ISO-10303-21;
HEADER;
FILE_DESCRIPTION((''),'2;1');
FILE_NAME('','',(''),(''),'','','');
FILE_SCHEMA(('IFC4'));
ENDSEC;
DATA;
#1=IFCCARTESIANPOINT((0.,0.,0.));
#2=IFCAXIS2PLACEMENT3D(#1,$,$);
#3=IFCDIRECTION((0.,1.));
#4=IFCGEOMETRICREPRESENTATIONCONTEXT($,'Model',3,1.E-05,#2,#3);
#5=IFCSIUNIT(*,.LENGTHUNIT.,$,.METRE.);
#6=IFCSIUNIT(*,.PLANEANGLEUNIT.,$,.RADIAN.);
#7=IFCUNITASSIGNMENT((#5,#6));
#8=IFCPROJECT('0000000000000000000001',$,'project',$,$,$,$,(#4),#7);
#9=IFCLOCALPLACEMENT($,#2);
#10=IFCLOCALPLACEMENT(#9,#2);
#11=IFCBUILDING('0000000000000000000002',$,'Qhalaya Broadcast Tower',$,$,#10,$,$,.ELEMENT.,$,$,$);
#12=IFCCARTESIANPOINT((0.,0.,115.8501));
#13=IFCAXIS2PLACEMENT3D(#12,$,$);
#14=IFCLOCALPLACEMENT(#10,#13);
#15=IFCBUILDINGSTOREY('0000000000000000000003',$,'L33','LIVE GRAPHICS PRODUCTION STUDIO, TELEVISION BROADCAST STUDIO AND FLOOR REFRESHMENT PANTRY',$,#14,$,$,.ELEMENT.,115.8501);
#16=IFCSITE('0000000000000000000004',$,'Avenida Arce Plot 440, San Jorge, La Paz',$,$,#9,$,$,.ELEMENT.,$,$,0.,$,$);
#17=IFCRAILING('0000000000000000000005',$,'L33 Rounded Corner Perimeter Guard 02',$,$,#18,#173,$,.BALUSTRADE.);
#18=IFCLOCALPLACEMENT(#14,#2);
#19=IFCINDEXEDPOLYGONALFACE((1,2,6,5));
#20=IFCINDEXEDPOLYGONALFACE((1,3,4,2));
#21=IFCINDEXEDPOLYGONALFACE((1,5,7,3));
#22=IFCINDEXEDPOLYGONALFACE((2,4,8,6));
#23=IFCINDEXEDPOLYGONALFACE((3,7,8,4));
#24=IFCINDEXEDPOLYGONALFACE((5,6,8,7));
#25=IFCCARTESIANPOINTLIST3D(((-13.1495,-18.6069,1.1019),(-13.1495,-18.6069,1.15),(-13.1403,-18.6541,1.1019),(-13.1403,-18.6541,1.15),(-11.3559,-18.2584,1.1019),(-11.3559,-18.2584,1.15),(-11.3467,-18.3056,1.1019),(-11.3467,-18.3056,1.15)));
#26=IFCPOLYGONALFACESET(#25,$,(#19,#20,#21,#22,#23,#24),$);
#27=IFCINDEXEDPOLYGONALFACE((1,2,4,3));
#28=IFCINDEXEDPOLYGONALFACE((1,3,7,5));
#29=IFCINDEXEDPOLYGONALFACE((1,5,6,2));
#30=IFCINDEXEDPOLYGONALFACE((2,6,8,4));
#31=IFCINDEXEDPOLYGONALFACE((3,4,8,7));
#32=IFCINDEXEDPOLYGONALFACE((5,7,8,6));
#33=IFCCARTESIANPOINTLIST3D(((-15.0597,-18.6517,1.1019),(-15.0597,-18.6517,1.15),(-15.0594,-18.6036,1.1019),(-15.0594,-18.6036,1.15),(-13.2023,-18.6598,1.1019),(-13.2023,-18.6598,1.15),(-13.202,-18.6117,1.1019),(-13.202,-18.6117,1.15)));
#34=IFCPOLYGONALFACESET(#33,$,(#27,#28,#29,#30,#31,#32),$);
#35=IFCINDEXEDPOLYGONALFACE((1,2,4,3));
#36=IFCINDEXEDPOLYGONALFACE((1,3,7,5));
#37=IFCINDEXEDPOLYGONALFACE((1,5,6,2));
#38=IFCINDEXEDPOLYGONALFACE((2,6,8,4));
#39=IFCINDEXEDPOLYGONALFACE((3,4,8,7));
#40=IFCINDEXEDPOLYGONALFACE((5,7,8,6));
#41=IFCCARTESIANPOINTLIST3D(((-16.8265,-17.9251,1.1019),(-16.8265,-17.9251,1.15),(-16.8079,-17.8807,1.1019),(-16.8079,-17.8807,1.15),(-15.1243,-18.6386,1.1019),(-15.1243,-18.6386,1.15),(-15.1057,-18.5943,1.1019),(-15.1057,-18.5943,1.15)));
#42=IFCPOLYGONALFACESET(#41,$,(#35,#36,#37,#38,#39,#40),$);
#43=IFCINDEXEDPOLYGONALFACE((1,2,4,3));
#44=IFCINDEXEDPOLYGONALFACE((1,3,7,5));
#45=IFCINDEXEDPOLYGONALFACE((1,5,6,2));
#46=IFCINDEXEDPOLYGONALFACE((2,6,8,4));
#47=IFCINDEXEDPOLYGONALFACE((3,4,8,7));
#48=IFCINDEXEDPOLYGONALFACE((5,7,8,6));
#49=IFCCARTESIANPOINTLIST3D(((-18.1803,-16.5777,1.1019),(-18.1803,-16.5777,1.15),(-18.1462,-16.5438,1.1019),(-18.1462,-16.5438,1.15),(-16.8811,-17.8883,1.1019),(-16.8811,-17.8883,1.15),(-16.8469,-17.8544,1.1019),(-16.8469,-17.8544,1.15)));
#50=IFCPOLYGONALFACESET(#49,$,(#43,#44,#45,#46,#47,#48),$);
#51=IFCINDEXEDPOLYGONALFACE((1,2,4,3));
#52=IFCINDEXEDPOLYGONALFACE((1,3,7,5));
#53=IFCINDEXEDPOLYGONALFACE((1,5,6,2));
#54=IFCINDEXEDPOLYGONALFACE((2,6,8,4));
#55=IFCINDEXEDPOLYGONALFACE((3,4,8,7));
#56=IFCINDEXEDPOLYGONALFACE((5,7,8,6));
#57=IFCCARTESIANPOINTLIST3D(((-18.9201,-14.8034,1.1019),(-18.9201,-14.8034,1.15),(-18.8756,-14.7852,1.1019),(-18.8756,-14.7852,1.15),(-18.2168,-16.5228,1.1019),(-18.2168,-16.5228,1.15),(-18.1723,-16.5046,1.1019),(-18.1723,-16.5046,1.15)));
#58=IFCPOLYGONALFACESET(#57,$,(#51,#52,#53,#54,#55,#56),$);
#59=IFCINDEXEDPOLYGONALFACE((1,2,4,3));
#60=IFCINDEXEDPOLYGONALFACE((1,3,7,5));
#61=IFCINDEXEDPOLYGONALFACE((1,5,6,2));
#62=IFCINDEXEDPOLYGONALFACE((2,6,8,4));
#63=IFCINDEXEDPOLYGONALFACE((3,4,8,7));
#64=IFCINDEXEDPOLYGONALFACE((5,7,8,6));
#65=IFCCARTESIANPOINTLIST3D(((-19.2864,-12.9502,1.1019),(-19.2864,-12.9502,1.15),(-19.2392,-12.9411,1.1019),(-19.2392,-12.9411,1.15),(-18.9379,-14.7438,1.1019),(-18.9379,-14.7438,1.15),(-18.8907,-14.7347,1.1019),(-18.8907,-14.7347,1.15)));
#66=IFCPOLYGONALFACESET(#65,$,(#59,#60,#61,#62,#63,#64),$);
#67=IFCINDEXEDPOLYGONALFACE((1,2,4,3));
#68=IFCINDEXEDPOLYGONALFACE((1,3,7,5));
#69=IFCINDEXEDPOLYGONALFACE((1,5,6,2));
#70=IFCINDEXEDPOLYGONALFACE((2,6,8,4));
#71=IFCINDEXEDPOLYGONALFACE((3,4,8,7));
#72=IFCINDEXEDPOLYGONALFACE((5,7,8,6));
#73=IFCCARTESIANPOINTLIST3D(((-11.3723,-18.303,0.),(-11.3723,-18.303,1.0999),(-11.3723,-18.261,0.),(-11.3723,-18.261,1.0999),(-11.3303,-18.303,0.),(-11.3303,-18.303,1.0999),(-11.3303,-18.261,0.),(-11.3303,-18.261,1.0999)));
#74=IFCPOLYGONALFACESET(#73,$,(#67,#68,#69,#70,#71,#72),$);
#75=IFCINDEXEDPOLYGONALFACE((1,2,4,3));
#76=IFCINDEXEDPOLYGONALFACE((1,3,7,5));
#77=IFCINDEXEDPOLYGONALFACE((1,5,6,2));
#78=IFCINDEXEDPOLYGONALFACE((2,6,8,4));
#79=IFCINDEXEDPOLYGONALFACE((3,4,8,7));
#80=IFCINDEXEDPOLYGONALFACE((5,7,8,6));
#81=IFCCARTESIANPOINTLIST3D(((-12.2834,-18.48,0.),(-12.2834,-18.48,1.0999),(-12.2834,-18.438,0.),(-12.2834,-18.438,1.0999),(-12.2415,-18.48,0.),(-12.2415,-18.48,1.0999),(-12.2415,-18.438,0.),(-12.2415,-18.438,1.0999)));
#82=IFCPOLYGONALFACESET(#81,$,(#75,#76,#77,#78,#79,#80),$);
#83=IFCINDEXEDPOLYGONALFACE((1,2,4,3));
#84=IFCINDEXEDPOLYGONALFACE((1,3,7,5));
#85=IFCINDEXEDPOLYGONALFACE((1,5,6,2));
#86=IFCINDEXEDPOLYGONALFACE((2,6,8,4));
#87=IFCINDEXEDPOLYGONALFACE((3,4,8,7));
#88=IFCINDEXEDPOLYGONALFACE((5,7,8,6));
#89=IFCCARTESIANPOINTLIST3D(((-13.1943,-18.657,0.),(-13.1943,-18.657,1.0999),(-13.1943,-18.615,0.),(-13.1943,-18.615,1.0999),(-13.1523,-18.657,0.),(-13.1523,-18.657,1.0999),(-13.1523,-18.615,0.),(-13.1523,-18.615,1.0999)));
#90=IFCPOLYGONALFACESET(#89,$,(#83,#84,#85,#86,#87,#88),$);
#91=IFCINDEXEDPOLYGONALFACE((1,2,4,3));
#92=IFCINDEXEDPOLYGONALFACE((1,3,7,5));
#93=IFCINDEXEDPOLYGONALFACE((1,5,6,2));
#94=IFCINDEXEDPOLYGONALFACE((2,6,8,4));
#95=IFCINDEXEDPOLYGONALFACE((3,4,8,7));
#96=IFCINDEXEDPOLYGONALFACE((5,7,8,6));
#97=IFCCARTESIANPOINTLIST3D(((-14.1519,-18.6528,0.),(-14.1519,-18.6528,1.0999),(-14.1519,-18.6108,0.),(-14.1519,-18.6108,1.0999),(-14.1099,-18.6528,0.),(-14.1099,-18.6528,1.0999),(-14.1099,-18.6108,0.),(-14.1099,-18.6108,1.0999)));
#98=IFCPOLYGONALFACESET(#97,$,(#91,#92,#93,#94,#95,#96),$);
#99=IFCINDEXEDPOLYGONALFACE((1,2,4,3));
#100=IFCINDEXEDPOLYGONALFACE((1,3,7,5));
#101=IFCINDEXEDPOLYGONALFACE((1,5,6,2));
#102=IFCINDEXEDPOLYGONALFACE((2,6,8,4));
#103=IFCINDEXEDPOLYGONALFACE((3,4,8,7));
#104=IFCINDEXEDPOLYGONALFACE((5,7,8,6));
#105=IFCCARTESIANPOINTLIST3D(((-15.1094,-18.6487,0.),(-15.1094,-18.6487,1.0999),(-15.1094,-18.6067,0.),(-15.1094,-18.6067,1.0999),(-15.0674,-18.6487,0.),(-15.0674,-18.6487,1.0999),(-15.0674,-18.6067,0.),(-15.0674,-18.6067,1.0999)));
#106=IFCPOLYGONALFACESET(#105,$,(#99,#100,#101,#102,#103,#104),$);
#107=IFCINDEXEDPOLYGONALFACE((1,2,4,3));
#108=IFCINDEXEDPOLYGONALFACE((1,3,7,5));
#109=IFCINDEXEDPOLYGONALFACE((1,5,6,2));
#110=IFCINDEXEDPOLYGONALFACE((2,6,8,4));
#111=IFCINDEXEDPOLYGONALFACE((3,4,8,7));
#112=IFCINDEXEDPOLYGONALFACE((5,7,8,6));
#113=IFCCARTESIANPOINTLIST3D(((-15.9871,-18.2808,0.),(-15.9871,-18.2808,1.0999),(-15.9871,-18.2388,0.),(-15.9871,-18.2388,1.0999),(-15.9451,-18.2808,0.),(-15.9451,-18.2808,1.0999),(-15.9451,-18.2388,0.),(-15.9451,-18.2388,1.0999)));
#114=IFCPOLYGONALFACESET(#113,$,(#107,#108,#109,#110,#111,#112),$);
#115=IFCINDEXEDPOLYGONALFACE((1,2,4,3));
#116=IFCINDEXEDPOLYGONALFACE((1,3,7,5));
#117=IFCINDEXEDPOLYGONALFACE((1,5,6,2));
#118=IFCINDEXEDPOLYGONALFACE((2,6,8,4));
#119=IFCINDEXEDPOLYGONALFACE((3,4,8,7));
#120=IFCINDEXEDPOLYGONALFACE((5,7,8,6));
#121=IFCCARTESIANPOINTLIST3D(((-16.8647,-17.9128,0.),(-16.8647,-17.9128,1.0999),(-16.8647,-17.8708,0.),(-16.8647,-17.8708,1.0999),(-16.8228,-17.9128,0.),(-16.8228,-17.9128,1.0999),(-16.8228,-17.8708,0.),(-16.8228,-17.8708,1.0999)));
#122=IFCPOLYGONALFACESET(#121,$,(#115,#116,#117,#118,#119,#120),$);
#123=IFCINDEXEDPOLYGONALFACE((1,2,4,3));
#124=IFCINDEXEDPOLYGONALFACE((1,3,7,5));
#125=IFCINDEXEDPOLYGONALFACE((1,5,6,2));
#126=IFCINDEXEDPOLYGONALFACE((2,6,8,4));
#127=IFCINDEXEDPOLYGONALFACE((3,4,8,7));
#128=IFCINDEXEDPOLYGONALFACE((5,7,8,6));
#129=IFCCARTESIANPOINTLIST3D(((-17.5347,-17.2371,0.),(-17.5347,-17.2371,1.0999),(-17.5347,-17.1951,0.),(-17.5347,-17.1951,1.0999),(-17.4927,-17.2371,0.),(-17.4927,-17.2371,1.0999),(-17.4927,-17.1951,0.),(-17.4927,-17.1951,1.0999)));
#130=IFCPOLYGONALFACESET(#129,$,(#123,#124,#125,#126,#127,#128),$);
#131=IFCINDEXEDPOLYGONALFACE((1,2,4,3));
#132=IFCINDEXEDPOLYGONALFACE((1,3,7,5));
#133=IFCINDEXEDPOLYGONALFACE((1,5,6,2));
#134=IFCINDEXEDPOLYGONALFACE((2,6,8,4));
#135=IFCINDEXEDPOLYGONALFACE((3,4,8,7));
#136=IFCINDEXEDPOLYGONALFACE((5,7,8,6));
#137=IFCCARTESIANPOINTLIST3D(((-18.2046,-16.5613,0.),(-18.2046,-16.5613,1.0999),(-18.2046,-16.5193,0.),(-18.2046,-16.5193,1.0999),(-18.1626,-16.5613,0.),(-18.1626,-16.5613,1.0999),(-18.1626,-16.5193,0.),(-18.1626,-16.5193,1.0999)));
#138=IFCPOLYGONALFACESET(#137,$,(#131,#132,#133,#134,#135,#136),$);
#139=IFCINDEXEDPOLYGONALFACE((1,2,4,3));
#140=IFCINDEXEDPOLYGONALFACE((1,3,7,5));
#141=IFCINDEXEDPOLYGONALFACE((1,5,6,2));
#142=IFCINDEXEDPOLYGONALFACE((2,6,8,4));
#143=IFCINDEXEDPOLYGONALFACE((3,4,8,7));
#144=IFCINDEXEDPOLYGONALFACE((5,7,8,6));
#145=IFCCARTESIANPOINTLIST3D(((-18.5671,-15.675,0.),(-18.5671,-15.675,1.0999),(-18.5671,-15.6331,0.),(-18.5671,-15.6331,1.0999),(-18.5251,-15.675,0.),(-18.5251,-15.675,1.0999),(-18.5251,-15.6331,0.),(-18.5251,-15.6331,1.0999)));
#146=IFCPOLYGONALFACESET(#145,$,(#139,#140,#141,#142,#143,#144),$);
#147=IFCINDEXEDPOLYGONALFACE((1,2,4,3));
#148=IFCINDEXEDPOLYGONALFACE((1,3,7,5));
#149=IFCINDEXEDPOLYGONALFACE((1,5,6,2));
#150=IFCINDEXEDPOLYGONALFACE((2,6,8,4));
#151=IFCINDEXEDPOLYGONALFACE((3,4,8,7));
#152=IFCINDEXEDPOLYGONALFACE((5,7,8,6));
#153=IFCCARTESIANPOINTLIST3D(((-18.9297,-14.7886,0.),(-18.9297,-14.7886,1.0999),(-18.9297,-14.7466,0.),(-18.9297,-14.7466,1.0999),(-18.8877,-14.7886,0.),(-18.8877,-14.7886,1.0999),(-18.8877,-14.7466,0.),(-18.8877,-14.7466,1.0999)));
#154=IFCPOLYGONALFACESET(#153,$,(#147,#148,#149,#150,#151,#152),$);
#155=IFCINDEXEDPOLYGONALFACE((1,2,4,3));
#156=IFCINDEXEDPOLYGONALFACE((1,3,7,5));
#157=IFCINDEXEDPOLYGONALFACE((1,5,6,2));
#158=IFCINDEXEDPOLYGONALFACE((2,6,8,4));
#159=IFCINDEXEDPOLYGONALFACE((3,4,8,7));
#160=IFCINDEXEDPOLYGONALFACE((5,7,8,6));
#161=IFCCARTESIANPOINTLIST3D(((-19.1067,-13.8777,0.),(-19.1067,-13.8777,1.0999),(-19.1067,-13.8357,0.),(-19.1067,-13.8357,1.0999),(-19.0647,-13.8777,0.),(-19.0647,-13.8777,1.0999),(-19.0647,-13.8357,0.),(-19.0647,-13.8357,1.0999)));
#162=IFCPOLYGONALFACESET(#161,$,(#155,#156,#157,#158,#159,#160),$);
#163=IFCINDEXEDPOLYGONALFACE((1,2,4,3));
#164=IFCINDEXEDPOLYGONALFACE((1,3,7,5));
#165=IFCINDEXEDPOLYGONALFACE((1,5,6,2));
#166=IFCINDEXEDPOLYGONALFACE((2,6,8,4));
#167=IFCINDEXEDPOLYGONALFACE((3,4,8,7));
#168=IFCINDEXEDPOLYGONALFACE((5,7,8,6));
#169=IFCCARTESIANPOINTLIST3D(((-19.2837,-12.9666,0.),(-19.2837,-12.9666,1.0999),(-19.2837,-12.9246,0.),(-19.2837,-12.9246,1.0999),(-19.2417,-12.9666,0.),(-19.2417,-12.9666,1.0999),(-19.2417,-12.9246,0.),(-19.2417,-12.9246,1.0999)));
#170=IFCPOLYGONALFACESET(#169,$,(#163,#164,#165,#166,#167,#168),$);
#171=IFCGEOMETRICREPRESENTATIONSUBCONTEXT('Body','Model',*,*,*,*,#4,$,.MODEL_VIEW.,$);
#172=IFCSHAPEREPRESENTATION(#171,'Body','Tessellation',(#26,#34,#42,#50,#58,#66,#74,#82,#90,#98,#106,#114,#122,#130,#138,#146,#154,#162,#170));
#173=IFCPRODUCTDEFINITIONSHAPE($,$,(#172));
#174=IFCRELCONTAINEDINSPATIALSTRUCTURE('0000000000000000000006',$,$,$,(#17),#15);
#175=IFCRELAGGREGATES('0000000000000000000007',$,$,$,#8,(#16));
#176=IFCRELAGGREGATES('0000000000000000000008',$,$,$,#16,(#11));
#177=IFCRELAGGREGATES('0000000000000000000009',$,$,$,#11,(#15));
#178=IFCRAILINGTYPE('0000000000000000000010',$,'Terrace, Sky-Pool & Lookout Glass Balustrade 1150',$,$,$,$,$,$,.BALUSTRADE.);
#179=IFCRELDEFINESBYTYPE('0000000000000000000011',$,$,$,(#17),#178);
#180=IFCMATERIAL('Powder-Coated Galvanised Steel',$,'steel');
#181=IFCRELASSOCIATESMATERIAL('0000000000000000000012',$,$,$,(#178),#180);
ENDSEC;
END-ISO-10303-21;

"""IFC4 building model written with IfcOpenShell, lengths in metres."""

from ifc_helpers import new_model, si_unit, direction, frame, origin, origin_2d, place, context, subcontext, project, spatial, rectangle, extrude, material, type_object, element, save


model = new_model("IFC4")

# Units and contexts
model_context = context("Model", 3, precision=1e-05, world=origin(), true_north=direction((0.0, 1.0)))
body_context = subcontext(model_context, "Body", "Model", "MODEL_VIEW")
ifc_project = project(units=[si_unit("LENGTHUNIT", "METRE"), si_unit("PLANEANGLEUNIT", "RADIAN")], contexts=[model_context])

# Site, building, storey
site_placement = place(None, origin())
site = spatial("IfcSite", under=ifc_project, at=site_placement, Name="Avenida Arce Plot 440, San Jorge, La Paz", CompositionType="ELEMENT", RefElevation=0.0)
building_placement = place(site_placement, origin())
building = spatial("IfcBuilding", under=site, at=building_placement, Name="Qhalaya Broadcast Tower", CompositionType="ELEMENT")
storey_placement = place(building_placement, frame((0.0, 0.0, 115.8501)))
storey = spatial("IfcBuildingStorey", under=building, at=storey_placement, Name="L33", Description="LIVE GRAPHICS PRODUCTION STUDIO, TELEVISION BROADCAST STUDIO AND FLOOR REFRESHMENT PANTRY", CompositionType="ELEMENT", Elevation=115.8501)

# Railing
ifc_material_1 = material(Name="Powder-Coated Galvanised Steel", Category="steel")
railing_type = type_object("IfcRailingType", Name="Terrace, Sky-Pool & Lookout Glass Balustrade 1150", PredefinedType="BALUSTRADE", material=ifc_material_1)
railing_placement = place(storey_placement, frame((-11.3513, -18.282, 0.0)))
element("IfcRailing", 1, at=railing_placement, inside=storey, type_object=railing_type, Name="L33 Rounded Corner Perimeter Guard 02", PredefinedType="BALUSTRADE", context=body_context, shape_type="SweptSolid", body=[
    extrude(rectangle(XDim=0.0481, YDim=0.0481, at=origin_2d()), frame((0.0, 0.0, 1.126), z_axis=(-0.981643, -0.190725, 0.0), x_axis=(0.190725, -0.981643, 0.0)), (0.0, 0.0, 1.0), 1.8271),
    extrude(rectangle(XDim=0.0481, YDim=0.0481, at=origin_2d()), frame((-1.8508, -0.3538, 1.126), z_axis=(-0.999991, 0.004334, 0.0), x_axis=(-0.004334, -0.999991, 0.0)), (0.0, 0.0, 1.0), 1.8574),
    extrude(rectangle(XDim=0.0481, YDim=0.0481, at=origin_2d()), frame((-3.7637, -0.3345, 1.126), z_axis=(-0.922247, 0.3866, 0.0), x_axis=(-0.3866, -0.922247, 0.0)), (0.0, 0.0, 1.0), 1.8457),
    extrude(rectangle(XDim=0.0481, YDim=0.0481, at=origin_2d()), frame((-5.5127, 0.4106, 1.126), z_axis=(-0.704021, 0.710179, 0.0), x_axis=(-0.710179, -0.704021, 0.0)), (0.0, 0.0, 1.0), 1.8455),
    extrude(rectangle(XDim=0.0481, YDim=0.0481, at=origin_2d()), frame((-6.8433, 1.7683, 1.126), z_axis=(-0.378588, 0.925565, 0.0), x_axis=(-0.925565, -0.378588, 0.0)), (0.0, 0.0, 1.0), 1.8577),
    extrude(rectangle(XDim=0.0481, YDim=0.0481, at=origin_2d()), frame((-7.563, 3.5427, 1.126), z_axis=(-0.190725, 0.981643, 0.0), x_axis=(-0.981643, -0.190725, 0.0)), (0.0, 0.0, 1.0), 1.8271),
    extrude(rectangle(XDim=0.042, YDim=0.042, at=origin_2d()), origin(), (0.0, 0.0, 1.0), 1.0999),
    extrude(rectangle(XDim=0.042, YDim=0.042, at=origin_2d()), frame((-0.9111, -0.177, 0.0)), (0.0, 0.0, 1.0), 1.0999),
    extrude(rectangle(XDim=0.042, YDim=0.042, at=origin_2d()), frame((-1.822, -0.354, 0.0)), (0.0, 0.0, 1.0), 1.0999),
    extrude(rectangle(XDim=0.042, YDim=0.042, at=origin_2d()), frame((-2.7795, -0.3499, 0.0)), (0.0, 0.0, 1.0), 1.0999),
    extrude(rectangle(XDim=0.042, YDim=0.042, at=origin_2d()), frame((-3.7371, -0.3457, 0.0)), (0.0, 0.0, 1.0), 1.0999),
    extrude(rectangle(XDim=0.042, YDim=0.042, at=origin_2d()), frame((-4.6147, 0.0222, 0.0)), (0.0, 0.0, 1.0), 1.0999),
    extrude(rectangle(XDim=0.042, YDim=0.042, at=origin_2d()), frame((-5.4924, 0.3901, 0.0)), (0.0, 0.0, 1.0), 1.0999),
    extrude(rectangle(XDim=0.042, YDim=0.042, at=origin_2d()), frame((-6.1624, 1.0659, 0.0)), (0.0, 0.0, 1.0), 1.0999),
    extrude(rectangle(XDim=0.042, YDim=0.042, at=origin_2d()), frame((-6.8323, 1.7417, 0.0)), (0.0, 0.0, 1.0), 1.0999),
    extrude(rectangle(XDim=0.042, YDim=0.042, at=origin_2d()), frame((-7.1948, 2.6279, 0.0)), (0.0, 0.0, 1.0), 1.0999),
    extrude(rectangle(XDim=0.042, YDim=0.042, at=origin_2d()), frame((-7.5574, 3.5144, 0.0)), (0.0, 0.0, 1.0), 1.0999),
    extrude(rectangle(XDim=0.042, YDim=0.042, at=origin_2d()), frame((-7.7344, 4.4253, 0.0)), (0.0, 0.0, 1.0), 1.0999),
    extrude(rectangle(XDim=0.042, YDim=0.042, at=origin_2d()), frame((-7.9114, 5.3364, 0.0)), (0.0, 0.0, 1.0), 1.0999),
])

save(model, "model.ifc")
